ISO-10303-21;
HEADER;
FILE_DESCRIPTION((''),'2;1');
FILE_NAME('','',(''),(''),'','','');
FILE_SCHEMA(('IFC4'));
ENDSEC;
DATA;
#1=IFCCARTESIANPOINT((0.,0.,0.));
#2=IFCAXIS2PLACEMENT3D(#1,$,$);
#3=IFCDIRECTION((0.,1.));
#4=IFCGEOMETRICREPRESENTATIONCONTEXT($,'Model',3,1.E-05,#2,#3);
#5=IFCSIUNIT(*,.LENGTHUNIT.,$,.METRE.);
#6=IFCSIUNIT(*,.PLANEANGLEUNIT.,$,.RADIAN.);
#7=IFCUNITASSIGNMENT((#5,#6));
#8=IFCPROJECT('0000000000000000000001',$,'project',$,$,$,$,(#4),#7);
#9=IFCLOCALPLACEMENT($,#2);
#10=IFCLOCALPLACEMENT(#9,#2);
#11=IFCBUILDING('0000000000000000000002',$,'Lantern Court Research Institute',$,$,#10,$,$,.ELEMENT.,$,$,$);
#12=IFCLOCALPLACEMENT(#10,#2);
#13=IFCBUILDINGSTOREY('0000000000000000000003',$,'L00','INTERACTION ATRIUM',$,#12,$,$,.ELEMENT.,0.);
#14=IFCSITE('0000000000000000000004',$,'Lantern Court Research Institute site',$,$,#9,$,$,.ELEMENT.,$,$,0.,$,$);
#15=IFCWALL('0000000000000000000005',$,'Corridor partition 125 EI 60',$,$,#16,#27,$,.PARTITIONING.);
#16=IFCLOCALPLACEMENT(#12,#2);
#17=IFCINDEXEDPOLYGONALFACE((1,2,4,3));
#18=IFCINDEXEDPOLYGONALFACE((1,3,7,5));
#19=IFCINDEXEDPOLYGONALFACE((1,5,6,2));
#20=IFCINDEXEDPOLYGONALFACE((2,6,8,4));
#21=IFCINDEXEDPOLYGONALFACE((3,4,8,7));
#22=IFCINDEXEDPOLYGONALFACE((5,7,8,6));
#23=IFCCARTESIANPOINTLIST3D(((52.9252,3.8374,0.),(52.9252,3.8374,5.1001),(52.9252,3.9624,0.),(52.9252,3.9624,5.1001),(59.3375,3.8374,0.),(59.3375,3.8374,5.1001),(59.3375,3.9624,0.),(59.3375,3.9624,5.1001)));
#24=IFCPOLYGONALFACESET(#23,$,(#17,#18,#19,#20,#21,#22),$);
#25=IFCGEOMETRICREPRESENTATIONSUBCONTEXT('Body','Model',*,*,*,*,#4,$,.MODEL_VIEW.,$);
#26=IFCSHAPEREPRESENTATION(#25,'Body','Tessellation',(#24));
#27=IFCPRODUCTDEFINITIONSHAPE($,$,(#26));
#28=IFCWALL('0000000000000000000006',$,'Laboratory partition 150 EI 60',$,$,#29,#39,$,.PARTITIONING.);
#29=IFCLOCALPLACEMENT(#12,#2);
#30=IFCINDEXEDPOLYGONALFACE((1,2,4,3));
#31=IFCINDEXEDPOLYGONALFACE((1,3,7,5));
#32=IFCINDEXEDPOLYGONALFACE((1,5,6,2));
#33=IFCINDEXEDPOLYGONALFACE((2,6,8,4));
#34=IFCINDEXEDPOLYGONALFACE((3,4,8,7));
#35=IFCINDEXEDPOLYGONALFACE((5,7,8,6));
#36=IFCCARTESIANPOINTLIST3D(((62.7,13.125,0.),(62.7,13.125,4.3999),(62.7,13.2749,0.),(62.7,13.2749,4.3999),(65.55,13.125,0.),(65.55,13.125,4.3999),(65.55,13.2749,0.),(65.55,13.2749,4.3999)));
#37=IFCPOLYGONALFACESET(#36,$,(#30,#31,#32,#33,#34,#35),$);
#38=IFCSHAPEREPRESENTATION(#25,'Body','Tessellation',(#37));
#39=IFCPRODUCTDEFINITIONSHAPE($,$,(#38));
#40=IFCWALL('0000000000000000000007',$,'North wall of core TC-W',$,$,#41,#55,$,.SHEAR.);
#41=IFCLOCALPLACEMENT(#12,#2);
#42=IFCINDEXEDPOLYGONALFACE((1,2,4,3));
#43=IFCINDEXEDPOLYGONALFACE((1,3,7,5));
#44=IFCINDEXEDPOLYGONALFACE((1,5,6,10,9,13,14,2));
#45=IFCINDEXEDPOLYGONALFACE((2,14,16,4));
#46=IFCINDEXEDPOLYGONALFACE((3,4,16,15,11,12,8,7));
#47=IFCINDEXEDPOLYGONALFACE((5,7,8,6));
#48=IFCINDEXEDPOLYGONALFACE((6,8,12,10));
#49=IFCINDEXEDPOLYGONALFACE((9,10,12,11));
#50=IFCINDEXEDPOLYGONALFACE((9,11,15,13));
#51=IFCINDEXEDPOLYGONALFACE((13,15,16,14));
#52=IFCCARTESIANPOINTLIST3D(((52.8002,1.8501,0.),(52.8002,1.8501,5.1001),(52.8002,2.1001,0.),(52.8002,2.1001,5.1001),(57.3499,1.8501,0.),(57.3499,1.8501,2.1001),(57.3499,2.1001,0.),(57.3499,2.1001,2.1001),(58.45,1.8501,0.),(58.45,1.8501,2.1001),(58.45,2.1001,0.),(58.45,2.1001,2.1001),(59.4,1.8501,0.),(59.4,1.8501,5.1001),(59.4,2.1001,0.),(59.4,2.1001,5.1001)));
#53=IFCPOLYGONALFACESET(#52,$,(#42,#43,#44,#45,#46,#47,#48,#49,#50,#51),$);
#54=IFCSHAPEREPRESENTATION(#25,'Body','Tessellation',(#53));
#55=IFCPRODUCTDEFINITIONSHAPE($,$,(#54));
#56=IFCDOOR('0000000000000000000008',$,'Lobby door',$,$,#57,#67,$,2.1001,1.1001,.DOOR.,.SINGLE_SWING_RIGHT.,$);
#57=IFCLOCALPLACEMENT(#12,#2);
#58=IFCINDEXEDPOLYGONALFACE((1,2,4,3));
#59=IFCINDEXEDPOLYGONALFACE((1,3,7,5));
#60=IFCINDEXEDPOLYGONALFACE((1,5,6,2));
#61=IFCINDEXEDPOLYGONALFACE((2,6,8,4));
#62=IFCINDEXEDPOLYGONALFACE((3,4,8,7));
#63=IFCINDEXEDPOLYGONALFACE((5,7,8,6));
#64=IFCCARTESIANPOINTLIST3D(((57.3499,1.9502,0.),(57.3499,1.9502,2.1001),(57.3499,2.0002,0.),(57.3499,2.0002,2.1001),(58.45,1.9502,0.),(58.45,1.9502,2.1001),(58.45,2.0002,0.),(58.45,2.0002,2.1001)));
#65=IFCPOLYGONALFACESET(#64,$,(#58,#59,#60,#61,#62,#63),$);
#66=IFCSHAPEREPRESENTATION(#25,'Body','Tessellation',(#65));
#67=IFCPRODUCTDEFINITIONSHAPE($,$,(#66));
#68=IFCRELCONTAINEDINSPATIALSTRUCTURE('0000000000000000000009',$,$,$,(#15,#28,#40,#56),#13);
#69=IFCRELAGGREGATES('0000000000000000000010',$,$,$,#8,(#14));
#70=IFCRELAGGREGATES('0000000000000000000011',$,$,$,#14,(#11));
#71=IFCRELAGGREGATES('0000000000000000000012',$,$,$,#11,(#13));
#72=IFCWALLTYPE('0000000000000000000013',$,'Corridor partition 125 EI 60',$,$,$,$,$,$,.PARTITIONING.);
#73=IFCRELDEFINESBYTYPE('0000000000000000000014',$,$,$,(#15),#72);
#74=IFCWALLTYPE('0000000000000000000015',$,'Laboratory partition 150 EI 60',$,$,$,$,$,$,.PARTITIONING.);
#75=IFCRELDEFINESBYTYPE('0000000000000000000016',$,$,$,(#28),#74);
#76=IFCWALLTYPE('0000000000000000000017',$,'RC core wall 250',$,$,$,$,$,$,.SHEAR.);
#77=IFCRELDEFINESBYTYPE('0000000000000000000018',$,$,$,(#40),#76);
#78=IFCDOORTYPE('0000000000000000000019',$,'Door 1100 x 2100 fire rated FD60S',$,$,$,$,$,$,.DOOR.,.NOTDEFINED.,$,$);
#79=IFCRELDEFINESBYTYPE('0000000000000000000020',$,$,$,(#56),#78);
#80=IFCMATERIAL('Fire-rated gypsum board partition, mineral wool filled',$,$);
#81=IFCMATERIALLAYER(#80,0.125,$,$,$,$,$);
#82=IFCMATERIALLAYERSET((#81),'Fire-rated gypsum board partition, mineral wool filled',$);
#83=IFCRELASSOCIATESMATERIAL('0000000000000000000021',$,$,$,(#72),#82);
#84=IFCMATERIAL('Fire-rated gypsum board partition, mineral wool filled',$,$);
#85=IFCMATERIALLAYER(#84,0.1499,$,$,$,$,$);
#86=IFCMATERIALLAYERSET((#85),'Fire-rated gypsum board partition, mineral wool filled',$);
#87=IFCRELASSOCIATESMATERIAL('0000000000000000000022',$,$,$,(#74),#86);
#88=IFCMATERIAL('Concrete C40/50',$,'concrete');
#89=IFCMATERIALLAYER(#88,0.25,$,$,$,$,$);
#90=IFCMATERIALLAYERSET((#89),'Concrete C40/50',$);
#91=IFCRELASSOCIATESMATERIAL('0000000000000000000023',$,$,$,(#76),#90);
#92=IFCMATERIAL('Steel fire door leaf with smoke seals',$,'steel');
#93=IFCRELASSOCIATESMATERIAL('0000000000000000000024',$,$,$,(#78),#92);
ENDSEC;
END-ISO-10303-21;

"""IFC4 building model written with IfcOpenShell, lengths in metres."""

from ifc_helpers import new_model, si_unit, direction, frame, frame_2d, origin, place, context, subcontext, project, spatial, rectangle, extrude, material, layer, layer_set, type_object, element, fill, save


model = new_model("IFC4")

# Units and contexts
model_context = context("Model", 3, precision=1e-05, world=origin(), true_north=direction((0.0, 1.0)))
body_context = subcontext(model_context, "Body", "Model", "MODEL_VIEW")
ifc_project = project(units=[si_unit("LENGTHUNIT", "METRE"), si_unit("PLANEANGLEUNIT", "RADIAN")], contexts=[model_context])

# Site, building, storey
site_placement = place(None, origin())
site = spatial("IfcSite", under=ifc_project, at=site_placement, Name="Lantern Court Research Institute site", CompositionType="ELEMENT", RefElevation=0.0)
building_placement = place(site_placement, origin())
building = spatial("IfcBuilding", under=site, at=building_placement, Name="Lantern Court Research Institute", CompositionType="ELEMENT")
storey_placement = place(building_placement, origin())
storey = spatial("IfcBuildingStorey", under=building, at=storey_placement, Name="L00", Description="INTERACTION ATRIUM", CompositionType="ELEMENT", Elevation=0.0)

# Walls
ifc_material_1 = material(Name="Fire-rated gypsum board partition, mineral wool filled")
ifc_layer_1 = layer(ifc_material_1, 0.125)
ifc_layer_set_1 = layer_set([ifc_layer_1], Name="Fire-rated gypsum board partition, mineral wool filled")
wall_type_1 = type_object("IfcWallType", Name="Corridor partition 125 EI 60", PredefinedType="PARTITIONING", material=ifc_layer_set_1)
wall_1_placement = place(storey_placement, frame((59.3374, 3.8999, 0.0), z_axis=(0.0, 0.0, 1.0), x_axis=(-1.0, 0.0, 0.0)))
element("IfcWall", 1, at=wall_1_placement, inside=storey, type_object=wall_type_1, Name="Corridor partition 125 EI 60", PredefinedType="PARTITIONING", context=body_context, shape_type="SweptSolid", body=[
    extrude(rectangle(XDim=6.4124, YDim=0.125, at=frame_2d((3.2061, 0.0))), origin(), (0.0, 0.0, 1.0), 5.1001),
])
ifc_material_2 = material(Name="Fire-rated gypsum board partition, mineral wool filled")
ifc_layer_2 = layer(ifc_material_2, 0.1499)
ifc_layer_set_2 = layer_set([ifc_layer_2], Name="Fire-rated gypsum board partition, mineral wool filled")
wall_type_2 = type_object("IfcWallType", Name="Laboratory partition 150 EI 60", PredefinedType="PARTITIONING", material=ifc_layer_set_2)
wall_2_placement = place(storey_placement, frame((65.55, 13.2, 0.0), z_axis=(0.0, 0.0, 1.0), x_axis=(-1.0, 0.0, 0.0)))
element("IfcWall", 2, at=wall_2_placement, inside=storey, type_object=wall_type_2, Name="Laboratory partition 150 EI 60", PredefinedType="PARTITIONING", context=body_context, shape_type="SweptSolid", body=[
    extrude(rectangle(XDim=2.8501, YDim=0.1499, at=frame_2d((1.425, 0.0))), origin(), (0.0, 0.0, 1.0), 4.3999),
])

# Wall, opening, door
ifc_material_3 = material(Name="Concrete C40/50", Category="concrete")
ifc_layer_3 = layer(ifc_material_3, 0.25)
ifc_layer_set_3 = layer_set([ifc_layer_3], Name="Concrete C40/50")
wall_type_3 = type_object("IfcWallType", Name="RC core wall 250", PredefinedType="SHEAR", material=ifc_layer_set_3)
wall_3_placement = place(storey_placement, frame((59.3999, 1.9751, 0.0), z_axis=(0.0, 0.0, 1.0), x_axis=(-1.0, 0.0, 0.0)))
wall_3 = element("IfcWall", 3, at=wall_3_placement, inside=storey, type_object=wall_type_3, Name="North wall of core TC-W", PredefinedType="SHEAR", context=body_context, shape_type="SweptSolid", body=[
    extrude(rectangle(XDim=6.5999, YDim=0.25, at=frame_2d((3.2998, 0.0))), origin(), (0.0, 0.0, 1.0), 5.1001),
])
opening_1_placement = place(wall_3_placement, frame((0.95, 0.0, 0.0)))
opening_1 = element("IfcOpeningElement", 4, at=opening_1_placement, cuts=wall_3, PredefinedType="OPENING", context=body_context, shape_type="SweptSolid", body=[
    extrude(rectangle(XDim=1.1001, YDim=2.1001, at=frame_2d((0.55, 1.05))), frame((0.0, 0.135, 0.0), z_axis=(0.0, -1.0, 0.0), x_axis=(1.0, 0.0, 0.0)), (0.0, 0.0, 1.0), 0.27),
])
ifc_material_4 = material(Name="Steel fire door leaf with smoke seals", Category="steel")
door_type_1 = type_object("IfcDoorType", Name="Door 1100 x 2100 fire rated FD60S", OperationType="NOTDEFINED", PredefinedType="DOOR", material=ifc_material_4)
door_1_placement = place(opening_1_placement, origin())
door_1 = element("IfcDoor", 5, at=door_1_placement, inside=storey, type_object=door_type_1, Name="Lobby door", OperationType="SINGLE_SWING_RIGHT", OverallHeight=2.1001, OverallWidth=1.1001, PredefinedType="DOOR", context=body_context, shape_type="SweptSolid", body=[
    extrude(rectangle(XDim=1.1001, YDim=2.1001, at=frame_2d((0.55, 1.05))), frame((0.0, 0.0249, 0.0), z_axis=(0.0, -1.0, 0.0), x_axis=(1.0, 0.0, 0.0)), (0.0, 0.0, 1.0), 0.05),
])
fill(opening_1, door_1)

save(model, "model.ifc")
